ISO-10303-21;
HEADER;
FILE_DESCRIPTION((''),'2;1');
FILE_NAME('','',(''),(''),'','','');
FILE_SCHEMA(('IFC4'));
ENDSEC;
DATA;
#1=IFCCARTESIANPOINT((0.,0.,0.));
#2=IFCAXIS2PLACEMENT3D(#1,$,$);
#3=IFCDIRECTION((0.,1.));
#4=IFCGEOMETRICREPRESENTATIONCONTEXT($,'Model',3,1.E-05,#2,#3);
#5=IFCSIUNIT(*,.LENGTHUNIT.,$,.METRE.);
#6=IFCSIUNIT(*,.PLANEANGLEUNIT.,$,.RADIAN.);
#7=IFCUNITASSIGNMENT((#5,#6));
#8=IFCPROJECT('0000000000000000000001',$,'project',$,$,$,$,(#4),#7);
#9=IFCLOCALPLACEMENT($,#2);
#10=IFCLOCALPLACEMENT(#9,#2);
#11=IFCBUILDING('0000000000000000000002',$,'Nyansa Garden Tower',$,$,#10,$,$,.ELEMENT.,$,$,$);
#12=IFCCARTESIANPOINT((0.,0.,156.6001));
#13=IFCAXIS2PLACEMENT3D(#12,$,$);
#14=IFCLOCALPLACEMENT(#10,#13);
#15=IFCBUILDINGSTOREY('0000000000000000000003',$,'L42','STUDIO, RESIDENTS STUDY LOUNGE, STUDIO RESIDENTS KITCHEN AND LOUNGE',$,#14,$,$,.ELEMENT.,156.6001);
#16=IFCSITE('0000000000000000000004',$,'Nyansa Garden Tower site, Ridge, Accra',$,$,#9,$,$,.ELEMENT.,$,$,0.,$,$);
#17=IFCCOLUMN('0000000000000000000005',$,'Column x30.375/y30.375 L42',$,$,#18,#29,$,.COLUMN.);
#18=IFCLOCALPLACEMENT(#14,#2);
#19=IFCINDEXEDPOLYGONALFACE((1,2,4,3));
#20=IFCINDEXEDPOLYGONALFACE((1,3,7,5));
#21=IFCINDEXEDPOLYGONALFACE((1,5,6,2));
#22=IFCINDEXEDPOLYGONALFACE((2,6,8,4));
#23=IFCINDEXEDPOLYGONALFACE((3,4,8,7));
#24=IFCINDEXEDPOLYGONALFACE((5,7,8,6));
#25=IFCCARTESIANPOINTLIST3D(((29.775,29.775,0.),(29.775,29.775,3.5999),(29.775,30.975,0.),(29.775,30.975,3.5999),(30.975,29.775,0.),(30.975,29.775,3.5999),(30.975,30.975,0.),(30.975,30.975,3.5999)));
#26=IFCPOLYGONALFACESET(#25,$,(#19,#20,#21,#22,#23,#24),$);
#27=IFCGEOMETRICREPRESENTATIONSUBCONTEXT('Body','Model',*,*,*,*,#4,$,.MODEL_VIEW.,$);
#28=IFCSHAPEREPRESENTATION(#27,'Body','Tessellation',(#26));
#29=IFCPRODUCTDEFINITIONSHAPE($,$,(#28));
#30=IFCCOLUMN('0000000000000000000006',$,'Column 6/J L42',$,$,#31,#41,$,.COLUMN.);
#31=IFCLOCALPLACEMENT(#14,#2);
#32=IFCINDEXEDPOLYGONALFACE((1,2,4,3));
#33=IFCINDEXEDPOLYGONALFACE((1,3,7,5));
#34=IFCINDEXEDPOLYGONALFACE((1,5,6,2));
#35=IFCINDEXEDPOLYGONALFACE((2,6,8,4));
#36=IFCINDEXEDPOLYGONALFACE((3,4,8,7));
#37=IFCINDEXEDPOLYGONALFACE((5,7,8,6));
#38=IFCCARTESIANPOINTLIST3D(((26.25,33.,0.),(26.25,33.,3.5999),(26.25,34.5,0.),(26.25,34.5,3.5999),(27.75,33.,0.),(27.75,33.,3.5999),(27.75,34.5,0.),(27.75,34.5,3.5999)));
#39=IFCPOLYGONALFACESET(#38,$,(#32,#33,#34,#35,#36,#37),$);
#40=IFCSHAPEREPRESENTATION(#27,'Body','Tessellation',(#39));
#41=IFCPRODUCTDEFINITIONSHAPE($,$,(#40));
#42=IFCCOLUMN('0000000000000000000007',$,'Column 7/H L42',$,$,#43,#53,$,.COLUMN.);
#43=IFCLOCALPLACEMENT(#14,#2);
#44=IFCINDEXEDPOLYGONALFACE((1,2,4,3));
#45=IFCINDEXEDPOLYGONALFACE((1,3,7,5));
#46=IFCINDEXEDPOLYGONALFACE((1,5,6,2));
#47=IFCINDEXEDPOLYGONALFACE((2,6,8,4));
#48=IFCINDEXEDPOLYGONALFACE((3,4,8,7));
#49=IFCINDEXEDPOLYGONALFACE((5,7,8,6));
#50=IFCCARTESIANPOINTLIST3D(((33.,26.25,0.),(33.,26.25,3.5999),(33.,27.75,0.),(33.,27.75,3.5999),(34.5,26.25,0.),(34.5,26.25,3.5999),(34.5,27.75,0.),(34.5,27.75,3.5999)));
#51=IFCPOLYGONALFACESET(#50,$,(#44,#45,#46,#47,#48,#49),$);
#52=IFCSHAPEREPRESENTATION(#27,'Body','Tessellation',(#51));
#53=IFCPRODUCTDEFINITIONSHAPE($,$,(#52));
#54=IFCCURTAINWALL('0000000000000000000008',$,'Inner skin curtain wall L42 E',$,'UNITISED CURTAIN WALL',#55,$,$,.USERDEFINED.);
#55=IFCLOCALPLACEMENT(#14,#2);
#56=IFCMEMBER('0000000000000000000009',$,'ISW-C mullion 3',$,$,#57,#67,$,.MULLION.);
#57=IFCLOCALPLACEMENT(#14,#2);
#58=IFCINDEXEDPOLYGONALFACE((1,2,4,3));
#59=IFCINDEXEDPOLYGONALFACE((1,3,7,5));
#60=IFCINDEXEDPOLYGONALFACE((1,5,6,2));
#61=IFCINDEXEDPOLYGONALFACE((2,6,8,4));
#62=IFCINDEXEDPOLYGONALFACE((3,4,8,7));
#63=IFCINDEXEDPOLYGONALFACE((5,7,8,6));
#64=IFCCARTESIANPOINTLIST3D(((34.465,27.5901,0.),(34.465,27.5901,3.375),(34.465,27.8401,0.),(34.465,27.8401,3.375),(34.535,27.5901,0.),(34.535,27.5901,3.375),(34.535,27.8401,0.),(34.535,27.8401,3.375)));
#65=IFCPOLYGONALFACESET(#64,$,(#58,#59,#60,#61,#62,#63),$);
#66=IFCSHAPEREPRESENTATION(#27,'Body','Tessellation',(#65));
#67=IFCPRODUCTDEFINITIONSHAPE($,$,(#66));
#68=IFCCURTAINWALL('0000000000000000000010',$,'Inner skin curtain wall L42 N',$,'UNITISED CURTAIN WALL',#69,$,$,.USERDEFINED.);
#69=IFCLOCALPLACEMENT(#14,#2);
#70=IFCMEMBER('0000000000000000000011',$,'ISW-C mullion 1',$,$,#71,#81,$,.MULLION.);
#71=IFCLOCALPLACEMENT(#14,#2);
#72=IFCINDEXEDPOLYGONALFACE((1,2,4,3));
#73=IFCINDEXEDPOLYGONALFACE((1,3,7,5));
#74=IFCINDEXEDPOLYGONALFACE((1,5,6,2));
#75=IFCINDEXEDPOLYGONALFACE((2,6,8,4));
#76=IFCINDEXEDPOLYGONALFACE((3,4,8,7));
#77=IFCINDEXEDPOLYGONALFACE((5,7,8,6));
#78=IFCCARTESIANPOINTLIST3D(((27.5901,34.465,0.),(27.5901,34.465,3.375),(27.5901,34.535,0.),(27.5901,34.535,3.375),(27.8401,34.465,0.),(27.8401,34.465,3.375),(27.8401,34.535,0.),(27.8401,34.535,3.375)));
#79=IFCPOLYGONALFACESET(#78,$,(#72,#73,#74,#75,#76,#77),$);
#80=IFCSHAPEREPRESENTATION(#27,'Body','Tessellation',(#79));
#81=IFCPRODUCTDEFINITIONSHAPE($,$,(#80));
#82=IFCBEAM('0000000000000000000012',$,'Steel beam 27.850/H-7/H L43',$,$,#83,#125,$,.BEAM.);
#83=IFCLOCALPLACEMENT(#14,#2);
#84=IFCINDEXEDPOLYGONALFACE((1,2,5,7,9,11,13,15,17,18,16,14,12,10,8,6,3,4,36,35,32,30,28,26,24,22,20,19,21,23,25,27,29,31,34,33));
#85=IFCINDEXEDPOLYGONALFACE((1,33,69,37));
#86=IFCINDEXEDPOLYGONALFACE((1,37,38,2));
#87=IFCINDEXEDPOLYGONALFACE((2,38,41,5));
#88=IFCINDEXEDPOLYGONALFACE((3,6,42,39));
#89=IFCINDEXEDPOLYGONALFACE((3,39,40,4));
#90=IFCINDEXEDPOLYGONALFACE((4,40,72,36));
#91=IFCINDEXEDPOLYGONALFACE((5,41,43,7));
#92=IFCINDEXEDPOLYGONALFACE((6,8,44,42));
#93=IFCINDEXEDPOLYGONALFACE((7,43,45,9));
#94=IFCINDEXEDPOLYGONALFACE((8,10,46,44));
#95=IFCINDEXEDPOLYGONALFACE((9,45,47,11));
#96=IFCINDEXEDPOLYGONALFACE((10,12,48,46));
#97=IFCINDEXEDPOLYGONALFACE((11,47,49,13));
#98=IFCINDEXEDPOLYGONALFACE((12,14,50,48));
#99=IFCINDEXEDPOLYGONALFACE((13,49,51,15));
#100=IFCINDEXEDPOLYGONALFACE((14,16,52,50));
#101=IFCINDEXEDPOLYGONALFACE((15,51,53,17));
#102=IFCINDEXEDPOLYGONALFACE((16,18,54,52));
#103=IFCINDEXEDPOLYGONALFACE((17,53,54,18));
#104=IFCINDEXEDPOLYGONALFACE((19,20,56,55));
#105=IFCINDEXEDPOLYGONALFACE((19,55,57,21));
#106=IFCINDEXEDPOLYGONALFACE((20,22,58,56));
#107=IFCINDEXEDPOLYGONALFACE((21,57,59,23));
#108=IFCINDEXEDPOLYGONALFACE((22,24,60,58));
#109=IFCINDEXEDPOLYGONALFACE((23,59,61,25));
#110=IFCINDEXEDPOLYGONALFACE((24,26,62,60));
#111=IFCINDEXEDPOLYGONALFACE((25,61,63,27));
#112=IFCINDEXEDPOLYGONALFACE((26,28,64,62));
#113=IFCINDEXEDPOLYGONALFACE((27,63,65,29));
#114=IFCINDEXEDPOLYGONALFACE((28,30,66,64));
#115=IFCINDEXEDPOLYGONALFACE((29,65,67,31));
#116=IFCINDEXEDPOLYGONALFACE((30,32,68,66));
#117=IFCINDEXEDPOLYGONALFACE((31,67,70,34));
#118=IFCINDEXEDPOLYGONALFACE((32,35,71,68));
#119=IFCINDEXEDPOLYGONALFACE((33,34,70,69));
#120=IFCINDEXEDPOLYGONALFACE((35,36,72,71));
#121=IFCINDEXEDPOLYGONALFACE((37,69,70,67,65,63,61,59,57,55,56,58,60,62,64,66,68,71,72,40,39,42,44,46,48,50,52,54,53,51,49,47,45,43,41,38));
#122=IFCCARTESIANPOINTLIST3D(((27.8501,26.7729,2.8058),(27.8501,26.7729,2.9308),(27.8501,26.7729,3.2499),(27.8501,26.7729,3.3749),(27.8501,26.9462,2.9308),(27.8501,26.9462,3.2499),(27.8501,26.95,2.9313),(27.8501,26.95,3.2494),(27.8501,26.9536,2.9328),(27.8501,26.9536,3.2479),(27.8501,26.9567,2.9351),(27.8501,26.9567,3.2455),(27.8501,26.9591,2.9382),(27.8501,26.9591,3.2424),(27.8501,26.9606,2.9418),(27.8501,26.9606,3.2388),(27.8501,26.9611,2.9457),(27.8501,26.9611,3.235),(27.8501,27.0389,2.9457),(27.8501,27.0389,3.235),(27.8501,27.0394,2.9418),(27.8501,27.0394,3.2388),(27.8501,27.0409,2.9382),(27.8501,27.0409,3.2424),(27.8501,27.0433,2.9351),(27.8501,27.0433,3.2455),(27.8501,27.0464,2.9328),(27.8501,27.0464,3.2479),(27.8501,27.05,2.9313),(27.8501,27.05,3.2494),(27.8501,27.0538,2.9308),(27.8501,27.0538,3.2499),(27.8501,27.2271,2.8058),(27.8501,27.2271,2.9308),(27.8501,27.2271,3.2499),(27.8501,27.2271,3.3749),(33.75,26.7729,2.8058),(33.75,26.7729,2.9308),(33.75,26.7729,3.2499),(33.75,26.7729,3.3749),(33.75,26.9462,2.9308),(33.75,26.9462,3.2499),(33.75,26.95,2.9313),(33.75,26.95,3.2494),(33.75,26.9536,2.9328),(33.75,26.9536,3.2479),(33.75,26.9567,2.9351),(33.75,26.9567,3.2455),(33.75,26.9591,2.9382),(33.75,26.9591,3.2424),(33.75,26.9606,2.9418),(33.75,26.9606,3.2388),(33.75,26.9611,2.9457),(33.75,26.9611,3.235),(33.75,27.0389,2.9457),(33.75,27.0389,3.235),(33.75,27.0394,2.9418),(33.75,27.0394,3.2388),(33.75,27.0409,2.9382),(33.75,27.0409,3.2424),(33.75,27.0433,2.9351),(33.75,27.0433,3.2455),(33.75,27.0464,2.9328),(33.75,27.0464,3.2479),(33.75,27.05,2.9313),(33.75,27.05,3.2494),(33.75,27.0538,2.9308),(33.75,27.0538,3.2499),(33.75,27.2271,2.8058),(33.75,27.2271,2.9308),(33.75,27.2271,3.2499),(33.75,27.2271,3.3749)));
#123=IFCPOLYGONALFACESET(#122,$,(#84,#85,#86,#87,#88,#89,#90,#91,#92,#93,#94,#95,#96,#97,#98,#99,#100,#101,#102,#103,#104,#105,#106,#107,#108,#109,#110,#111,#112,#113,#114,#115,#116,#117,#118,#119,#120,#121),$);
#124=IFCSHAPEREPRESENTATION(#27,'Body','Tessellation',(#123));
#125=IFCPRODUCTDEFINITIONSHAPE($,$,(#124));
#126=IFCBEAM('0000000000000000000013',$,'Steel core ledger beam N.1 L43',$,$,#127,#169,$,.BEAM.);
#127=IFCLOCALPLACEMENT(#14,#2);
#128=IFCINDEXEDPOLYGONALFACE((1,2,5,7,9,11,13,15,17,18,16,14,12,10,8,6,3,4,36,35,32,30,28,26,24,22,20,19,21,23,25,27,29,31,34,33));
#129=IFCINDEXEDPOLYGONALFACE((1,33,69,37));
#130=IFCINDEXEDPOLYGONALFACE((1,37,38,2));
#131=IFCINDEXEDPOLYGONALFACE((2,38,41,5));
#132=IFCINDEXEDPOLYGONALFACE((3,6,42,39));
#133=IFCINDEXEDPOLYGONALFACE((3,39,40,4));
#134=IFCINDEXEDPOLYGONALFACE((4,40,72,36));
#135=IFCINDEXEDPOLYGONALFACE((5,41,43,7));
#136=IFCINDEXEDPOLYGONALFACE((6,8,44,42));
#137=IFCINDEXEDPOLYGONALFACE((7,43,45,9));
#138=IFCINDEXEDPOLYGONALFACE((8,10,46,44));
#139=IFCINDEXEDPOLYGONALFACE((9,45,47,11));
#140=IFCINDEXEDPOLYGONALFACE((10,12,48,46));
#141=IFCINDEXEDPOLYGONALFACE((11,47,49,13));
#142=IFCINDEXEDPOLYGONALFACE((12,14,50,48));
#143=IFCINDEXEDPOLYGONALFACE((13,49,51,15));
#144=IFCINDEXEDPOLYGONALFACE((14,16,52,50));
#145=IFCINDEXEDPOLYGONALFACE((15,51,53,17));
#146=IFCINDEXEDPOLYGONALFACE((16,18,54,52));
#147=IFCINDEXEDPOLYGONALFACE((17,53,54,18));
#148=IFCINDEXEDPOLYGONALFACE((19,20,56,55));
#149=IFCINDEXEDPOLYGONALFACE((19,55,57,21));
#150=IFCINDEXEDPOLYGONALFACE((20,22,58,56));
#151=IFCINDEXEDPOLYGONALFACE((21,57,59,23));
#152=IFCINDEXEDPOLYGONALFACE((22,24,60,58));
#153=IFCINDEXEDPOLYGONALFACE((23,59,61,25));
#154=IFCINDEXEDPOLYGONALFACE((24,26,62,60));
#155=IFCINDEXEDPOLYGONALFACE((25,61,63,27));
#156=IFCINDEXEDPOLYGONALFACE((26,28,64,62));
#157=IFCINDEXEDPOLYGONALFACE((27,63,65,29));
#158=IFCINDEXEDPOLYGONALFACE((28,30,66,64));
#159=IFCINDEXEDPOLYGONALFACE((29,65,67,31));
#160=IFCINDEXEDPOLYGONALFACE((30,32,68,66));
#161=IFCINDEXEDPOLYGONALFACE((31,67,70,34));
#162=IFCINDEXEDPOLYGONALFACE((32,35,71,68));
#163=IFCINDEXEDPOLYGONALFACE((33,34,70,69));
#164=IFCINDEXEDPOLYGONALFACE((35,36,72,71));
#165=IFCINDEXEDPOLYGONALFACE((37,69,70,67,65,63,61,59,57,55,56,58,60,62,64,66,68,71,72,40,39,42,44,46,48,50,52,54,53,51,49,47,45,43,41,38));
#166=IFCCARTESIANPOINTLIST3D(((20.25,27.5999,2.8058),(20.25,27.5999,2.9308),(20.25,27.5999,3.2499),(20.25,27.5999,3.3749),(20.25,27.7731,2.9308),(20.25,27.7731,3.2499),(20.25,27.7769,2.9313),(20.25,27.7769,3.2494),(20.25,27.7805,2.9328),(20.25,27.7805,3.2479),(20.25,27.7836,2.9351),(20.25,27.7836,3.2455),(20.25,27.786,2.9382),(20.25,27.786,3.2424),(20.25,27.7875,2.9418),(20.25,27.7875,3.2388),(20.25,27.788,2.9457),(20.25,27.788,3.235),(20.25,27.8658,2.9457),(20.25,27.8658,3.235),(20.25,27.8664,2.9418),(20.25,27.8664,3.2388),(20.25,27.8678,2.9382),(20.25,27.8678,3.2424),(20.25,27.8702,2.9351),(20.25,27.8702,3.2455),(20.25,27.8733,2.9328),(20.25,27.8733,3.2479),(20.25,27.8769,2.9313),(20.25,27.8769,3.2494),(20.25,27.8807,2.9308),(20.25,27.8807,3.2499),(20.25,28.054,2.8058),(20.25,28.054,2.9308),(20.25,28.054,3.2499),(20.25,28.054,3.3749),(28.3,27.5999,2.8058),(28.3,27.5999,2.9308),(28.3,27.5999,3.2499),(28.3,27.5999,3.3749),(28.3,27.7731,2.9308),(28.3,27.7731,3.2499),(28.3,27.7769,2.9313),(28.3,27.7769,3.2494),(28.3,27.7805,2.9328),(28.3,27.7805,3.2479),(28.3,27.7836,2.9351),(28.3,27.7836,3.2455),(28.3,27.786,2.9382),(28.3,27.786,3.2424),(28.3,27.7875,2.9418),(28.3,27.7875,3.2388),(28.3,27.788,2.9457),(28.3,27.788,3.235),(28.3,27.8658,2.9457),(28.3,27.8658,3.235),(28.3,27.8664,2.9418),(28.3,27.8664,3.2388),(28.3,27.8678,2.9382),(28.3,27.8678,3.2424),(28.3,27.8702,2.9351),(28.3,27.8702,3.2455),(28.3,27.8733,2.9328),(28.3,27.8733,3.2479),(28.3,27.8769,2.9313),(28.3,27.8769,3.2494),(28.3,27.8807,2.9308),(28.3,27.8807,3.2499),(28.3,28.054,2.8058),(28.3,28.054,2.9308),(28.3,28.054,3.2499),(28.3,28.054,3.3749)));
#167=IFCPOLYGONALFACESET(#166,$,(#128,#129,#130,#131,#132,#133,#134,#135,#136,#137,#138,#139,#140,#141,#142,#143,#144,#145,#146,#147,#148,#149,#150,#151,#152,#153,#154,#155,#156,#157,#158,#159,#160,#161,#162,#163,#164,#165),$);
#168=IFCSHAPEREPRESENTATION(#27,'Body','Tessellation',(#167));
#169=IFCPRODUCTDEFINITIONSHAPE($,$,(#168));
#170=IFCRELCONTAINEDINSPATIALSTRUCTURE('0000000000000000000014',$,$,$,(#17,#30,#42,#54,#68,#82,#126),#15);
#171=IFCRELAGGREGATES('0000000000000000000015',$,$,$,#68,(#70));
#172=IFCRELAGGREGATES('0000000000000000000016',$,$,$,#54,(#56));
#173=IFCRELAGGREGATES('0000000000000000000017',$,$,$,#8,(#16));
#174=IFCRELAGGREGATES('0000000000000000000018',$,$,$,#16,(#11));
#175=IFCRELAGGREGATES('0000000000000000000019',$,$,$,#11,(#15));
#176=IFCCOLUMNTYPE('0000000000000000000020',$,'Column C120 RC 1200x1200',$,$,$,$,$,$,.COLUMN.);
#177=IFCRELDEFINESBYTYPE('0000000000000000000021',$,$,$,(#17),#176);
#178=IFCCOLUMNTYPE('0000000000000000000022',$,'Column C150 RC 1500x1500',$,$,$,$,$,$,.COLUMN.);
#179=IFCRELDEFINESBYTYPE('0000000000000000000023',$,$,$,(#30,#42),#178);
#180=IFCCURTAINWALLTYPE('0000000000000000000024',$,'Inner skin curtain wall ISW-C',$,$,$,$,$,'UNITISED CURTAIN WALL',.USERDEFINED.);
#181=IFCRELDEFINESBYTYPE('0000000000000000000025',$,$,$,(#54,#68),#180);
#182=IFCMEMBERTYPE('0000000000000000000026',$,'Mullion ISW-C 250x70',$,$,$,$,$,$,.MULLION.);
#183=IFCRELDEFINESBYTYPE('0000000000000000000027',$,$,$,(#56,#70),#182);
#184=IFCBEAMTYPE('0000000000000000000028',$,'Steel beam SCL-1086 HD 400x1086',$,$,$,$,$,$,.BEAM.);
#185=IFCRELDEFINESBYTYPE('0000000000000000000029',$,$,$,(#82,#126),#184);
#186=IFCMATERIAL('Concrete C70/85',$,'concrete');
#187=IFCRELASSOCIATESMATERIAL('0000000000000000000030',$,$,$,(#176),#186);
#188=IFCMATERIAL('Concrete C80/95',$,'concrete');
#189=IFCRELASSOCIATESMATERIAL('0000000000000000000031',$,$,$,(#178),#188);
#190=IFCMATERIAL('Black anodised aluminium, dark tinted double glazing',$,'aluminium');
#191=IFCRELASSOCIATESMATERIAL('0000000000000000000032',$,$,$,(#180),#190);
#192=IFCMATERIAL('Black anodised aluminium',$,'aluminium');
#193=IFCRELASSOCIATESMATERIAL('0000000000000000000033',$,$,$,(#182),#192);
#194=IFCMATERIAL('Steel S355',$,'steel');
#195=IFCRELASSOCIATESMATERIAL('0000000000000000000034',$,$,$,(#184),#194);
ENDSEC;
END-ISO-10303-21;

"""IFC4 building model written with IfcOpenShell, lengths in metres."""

from ifc_helpers import new_model, si_unit, direction, frame, origin, origin_2d, place, context, subcontext, project, spatial, rectangle, i_section, extrude, material, material_profile, profile_set, type_object, element, aggregate, save


model = new_model("IFC4")

# Units and contexts
model_context = context("Model", 3, precision=1e-05, world=origin(), true_north=direction((0.0, 1.0)))
body_context = subcontext(model_context, "Body", "Model", "MODEL_VIEW")
ifc_project = project(units=[si_unit("LENGTHUNIT", "METRE"), si_unit("PLANEANGLEUNIT", "RADIAN")], contexts=[model_context])

# Site, building, storey
site_placement = place(None, origin())
site = spatial("IfcSite", under=ifc_project, at=site_placement, Name="Nyansa Garden Tower site, Ridge, Accra", CompositionType="ELEMENT", RefElevation=0.0)
building_placement = place(site_placement, origin())
building = spatial("IfcBuilding", under=site, at=building_placement, Name="Nyansa Garden Tower", CompositionType="ELEMENT")
storey_placement = place(building_placement, frame((0.0, 0.0, 156.6001)))
storey = spatial("IfcBuildingStorey", under=building, at=storey_placement, Name="L42", Description="STUDIO, RESIDENTS STUDY LOUNGE, STUDIO RESIDENTS KITCHEN AND LOUNGE", CompositionType="ELEMENT", Elevation=156.6001)

# Columns
ifc_material_1 = material(Name="Concrete C70/85", Category="concrete")
ifc_material_profile_1 = material_profile(ifc_material_1, rectangle(XDim=1.2, YDim=1.2, at=origin_2d()), Name="RC 1200x1200")
ifc_profile_set_1 = profile_set([ifc_material_profile_1], Name="Concrete C70/85")
column_type_1 = type_object("IfcColumnType", Name="Column C120 RC 1200x1200", PredefinedType="COLUMN", material=ifc_profile_set_1)
column_placement = place(storey_placement, frame((30.375, 30.375, 0.0), z_axis=(0.0, 0.0, 1.0), x_axis=(1.0, 0.0, 0.0)))
element("IfcColumn", 1, at=column_placement, inside=storey, type_object=column_type_1, Name="Column x30.375/y30.375 L42", PredefinedType="COLUMN", context=body_context, shape_type="SweptSolid", body=[
    extrude(rectangle(XDim=1.2, YDim=1.2, at=origin_2d()), origin(), (0.0, 0.0, 1.0), 3.5999),
])
ifc_material_2 = material(Name="Concrete C80/95", Category="concrete")
ifc_material_profile_2 = material_profile(ifc_material_2, rectangle(XDim=1.5, YDim=1.5, at=origin_2d()), Name="RC 1500x1500")
ifc_profile_set_2 = profile_set([ifc_material_profile_2], Name="Concrete C80/95")
column_type_2 = type_object("IfcColumnType", Name="Column C150 RC 1500x1500", PredefinedType="COLUMN", material=ifc_profile_set_2)
for number, where, z_axis, x_axis, name in (
    (2, (27.0, 33.75, 0.0), (0.0, 0.0, 1.0), (1.0, 0.0, 0.0), "Column 6/J L42"),
    (3, (33.75, 27.0, 0.0), (0.0, 0.0, 1.0), (1.0, 0.0, 0.0), "Column 7/H L42"),
):
    element("IfcColumn", number, at=place(storey_placement, frame(where, z_axis=z_axis, x_axis=x_axis)), inside=storey, type_object=column_type_2, Name=name, PredefinedType="COLUMN", context=body_context, shape_type="SweptSolid", body=[
        extrude(rectangle(XDim=1.5, YDim=1.5, at=origin_2d()), origin(), (0.0, 0.0, 1.0), 3.5999),
    ])

# Curtain walls, members
ifc_material_3 = material(Name="Black anodised aluminium, dark tinted double glazing", Category="aluminium")
curtain_wall_type = type_object("IfcCurtainWallType", Name="Inner skin curtain wall ISW-C", ElementType="UNITISED CURTAIN WALL", PredefinedType="USERDEFINED", material=ifc_material_3)
curtain_wall_1_placement = place(storey_placement, origin())
curtain_wall_1 = element("IfcCurtainWall", 4, at=curtain_wall_1_placement, inside=storey, type_object=curtain_wall_type, Name="Inner skin curtain wall L42 E", ObjectType="UNITISED CURTAIN WALL", PredefinedType="USERDEFINED")
ifc_material_4 = material(Name="Black anodised aluminium", Category="aluminium")
ifc_material_profile_3 = material_profile(ifc_material_4, rectangle(XDim=0.0701, YDim=0.25, at=origin_2d()), Name="Mullion 250x70")
ifc_profile_set_3 = profile_set([ifc_material_profile_3], Name="Black anodised aluminium")
member_type_1 = type_object("IfcMemberType", Name="Mullion ISW-C 250x70", PredefinedType="MULLION", material=ifc_profile_set_3)
member_1_placement = place(storey_placement, frame((34.5, 27.7151, 0.0), z_axis=(0.0, 0.0, 1.0), x_axis=(-1.0, 0.0, 0.0)))
member_1 = element("IfcMember", 5, at=member_1_placement, type_object=member_type_1, Name="ISW-C mullion 3", PredefinedType="MULLION", context=body_context, shape_type="SweptSolid", body=[
    extrude(rectangle(XDim=0.0701, YDim=0.25, at=origin_2d()), origin(), (0.0, 0.0, 1.0), 3.375),
])
curtain_wall_2_placement = place(storey_placement, origin())
curtain_wall_2 = element("IfcCurtainWall", 6, at=curtain_wall_2_placement, inside=storey, type_object=curtain_wall_type, Name="Inner skin curtain wall L42 N", ObjectType="UNITISED CURTAIN WALL", PredefinedType="USERDEFINED")
member_2_placement = place(storey_placement, frame((27.7151, 34.5, 0.0), z_axis=(0.0, 0.0, 1.0), x_axis=(0.0, -1.0, 0.0)))
member_2 = element("IfcMember", 7, at=member_2_placement, type_object=member_type_1, Name="ISW-C mullion 1", PredefinedType="MULLION", context=body_context, shape_type="SweptSolid", body=[
    extrude(rectangle(XDim=0.0701, YDim=0.25, at=origin_2d()), origin(), (0.0, 0.0, 1.0), 3.375),
])

# Beams
ifc_material_5 = material(Name="Steel S355", Category="steel")
ifc_material_profile_4 = material_profile(ifc_material_5, i_section(OverallWidth=0.4541, OverallDepth=0.5691, WebThickness=0.0779, FlangeThickness=0.125, FilletRadius=0.0149, at=origin_2d()), Name="HD 400x1086")
ifc_profile_set_4 = profile_set([ifc_material_profile_4], Name="Steel S355")
beam_type_1 = type_object("IfcBeamType", Name="Steel beam SCL-1086 HD 400x1086", PredefinedType="BEAM", material=ifc_profile_set_4)
beam_1_placement = place(storey_placement, frame((27.8501, 27.0, 3.0903), z_axis=(1.0, 0.0, 0.0), x_axis=(0.0, 1.0, 0.0)))
element("IfcBeam", 8, at=beam_1_placement, inside=storey, type_object=beam_type_1, Name="Steel beam 27.850/H-7/H L43", PredefinedType="BEAM", context=body_context, shape_type="SweptSolid", body=[
    extrude(i_section(OverallWidth=0.4541, OverallDepth=0.5691, WebThickness=0.0779, FlangeThickness=0.125, FilletRadius=0.0149, at=origin_2d()), origin(), (0.0, 0.0, 1.0), 5.8999),
])
beam_2_placement = place(storey_placement, frame((28.3, 27.8269, 3.0903), z_axis=(-1.0, 0.0, 0.0), x_axis=(0.0, -1.0, 0.0)))
element("IfcBeam", 9, at=beam_2_placement, inside=storey, type_object=beam_type_1, Name="Steel core ledger beam N.1 L43", PredefinedType="BEAM", context=body_context, shape_type="SweptSolid", body=[
    extrude(i_section(OverallWidth=0.4541, OverallDepth=0.5691, WebThickness=0.0779, FlangeThickness=0.125, FilletRadius=0.0149, at=origin_2d()), origin(), (0.0, 0.0, 1.0), 8.05),
])

aggregate(curtain_wall_2, [member_2])

aggregate(curtain_wall_1, [member_1])

save(model, "model.ifc")
